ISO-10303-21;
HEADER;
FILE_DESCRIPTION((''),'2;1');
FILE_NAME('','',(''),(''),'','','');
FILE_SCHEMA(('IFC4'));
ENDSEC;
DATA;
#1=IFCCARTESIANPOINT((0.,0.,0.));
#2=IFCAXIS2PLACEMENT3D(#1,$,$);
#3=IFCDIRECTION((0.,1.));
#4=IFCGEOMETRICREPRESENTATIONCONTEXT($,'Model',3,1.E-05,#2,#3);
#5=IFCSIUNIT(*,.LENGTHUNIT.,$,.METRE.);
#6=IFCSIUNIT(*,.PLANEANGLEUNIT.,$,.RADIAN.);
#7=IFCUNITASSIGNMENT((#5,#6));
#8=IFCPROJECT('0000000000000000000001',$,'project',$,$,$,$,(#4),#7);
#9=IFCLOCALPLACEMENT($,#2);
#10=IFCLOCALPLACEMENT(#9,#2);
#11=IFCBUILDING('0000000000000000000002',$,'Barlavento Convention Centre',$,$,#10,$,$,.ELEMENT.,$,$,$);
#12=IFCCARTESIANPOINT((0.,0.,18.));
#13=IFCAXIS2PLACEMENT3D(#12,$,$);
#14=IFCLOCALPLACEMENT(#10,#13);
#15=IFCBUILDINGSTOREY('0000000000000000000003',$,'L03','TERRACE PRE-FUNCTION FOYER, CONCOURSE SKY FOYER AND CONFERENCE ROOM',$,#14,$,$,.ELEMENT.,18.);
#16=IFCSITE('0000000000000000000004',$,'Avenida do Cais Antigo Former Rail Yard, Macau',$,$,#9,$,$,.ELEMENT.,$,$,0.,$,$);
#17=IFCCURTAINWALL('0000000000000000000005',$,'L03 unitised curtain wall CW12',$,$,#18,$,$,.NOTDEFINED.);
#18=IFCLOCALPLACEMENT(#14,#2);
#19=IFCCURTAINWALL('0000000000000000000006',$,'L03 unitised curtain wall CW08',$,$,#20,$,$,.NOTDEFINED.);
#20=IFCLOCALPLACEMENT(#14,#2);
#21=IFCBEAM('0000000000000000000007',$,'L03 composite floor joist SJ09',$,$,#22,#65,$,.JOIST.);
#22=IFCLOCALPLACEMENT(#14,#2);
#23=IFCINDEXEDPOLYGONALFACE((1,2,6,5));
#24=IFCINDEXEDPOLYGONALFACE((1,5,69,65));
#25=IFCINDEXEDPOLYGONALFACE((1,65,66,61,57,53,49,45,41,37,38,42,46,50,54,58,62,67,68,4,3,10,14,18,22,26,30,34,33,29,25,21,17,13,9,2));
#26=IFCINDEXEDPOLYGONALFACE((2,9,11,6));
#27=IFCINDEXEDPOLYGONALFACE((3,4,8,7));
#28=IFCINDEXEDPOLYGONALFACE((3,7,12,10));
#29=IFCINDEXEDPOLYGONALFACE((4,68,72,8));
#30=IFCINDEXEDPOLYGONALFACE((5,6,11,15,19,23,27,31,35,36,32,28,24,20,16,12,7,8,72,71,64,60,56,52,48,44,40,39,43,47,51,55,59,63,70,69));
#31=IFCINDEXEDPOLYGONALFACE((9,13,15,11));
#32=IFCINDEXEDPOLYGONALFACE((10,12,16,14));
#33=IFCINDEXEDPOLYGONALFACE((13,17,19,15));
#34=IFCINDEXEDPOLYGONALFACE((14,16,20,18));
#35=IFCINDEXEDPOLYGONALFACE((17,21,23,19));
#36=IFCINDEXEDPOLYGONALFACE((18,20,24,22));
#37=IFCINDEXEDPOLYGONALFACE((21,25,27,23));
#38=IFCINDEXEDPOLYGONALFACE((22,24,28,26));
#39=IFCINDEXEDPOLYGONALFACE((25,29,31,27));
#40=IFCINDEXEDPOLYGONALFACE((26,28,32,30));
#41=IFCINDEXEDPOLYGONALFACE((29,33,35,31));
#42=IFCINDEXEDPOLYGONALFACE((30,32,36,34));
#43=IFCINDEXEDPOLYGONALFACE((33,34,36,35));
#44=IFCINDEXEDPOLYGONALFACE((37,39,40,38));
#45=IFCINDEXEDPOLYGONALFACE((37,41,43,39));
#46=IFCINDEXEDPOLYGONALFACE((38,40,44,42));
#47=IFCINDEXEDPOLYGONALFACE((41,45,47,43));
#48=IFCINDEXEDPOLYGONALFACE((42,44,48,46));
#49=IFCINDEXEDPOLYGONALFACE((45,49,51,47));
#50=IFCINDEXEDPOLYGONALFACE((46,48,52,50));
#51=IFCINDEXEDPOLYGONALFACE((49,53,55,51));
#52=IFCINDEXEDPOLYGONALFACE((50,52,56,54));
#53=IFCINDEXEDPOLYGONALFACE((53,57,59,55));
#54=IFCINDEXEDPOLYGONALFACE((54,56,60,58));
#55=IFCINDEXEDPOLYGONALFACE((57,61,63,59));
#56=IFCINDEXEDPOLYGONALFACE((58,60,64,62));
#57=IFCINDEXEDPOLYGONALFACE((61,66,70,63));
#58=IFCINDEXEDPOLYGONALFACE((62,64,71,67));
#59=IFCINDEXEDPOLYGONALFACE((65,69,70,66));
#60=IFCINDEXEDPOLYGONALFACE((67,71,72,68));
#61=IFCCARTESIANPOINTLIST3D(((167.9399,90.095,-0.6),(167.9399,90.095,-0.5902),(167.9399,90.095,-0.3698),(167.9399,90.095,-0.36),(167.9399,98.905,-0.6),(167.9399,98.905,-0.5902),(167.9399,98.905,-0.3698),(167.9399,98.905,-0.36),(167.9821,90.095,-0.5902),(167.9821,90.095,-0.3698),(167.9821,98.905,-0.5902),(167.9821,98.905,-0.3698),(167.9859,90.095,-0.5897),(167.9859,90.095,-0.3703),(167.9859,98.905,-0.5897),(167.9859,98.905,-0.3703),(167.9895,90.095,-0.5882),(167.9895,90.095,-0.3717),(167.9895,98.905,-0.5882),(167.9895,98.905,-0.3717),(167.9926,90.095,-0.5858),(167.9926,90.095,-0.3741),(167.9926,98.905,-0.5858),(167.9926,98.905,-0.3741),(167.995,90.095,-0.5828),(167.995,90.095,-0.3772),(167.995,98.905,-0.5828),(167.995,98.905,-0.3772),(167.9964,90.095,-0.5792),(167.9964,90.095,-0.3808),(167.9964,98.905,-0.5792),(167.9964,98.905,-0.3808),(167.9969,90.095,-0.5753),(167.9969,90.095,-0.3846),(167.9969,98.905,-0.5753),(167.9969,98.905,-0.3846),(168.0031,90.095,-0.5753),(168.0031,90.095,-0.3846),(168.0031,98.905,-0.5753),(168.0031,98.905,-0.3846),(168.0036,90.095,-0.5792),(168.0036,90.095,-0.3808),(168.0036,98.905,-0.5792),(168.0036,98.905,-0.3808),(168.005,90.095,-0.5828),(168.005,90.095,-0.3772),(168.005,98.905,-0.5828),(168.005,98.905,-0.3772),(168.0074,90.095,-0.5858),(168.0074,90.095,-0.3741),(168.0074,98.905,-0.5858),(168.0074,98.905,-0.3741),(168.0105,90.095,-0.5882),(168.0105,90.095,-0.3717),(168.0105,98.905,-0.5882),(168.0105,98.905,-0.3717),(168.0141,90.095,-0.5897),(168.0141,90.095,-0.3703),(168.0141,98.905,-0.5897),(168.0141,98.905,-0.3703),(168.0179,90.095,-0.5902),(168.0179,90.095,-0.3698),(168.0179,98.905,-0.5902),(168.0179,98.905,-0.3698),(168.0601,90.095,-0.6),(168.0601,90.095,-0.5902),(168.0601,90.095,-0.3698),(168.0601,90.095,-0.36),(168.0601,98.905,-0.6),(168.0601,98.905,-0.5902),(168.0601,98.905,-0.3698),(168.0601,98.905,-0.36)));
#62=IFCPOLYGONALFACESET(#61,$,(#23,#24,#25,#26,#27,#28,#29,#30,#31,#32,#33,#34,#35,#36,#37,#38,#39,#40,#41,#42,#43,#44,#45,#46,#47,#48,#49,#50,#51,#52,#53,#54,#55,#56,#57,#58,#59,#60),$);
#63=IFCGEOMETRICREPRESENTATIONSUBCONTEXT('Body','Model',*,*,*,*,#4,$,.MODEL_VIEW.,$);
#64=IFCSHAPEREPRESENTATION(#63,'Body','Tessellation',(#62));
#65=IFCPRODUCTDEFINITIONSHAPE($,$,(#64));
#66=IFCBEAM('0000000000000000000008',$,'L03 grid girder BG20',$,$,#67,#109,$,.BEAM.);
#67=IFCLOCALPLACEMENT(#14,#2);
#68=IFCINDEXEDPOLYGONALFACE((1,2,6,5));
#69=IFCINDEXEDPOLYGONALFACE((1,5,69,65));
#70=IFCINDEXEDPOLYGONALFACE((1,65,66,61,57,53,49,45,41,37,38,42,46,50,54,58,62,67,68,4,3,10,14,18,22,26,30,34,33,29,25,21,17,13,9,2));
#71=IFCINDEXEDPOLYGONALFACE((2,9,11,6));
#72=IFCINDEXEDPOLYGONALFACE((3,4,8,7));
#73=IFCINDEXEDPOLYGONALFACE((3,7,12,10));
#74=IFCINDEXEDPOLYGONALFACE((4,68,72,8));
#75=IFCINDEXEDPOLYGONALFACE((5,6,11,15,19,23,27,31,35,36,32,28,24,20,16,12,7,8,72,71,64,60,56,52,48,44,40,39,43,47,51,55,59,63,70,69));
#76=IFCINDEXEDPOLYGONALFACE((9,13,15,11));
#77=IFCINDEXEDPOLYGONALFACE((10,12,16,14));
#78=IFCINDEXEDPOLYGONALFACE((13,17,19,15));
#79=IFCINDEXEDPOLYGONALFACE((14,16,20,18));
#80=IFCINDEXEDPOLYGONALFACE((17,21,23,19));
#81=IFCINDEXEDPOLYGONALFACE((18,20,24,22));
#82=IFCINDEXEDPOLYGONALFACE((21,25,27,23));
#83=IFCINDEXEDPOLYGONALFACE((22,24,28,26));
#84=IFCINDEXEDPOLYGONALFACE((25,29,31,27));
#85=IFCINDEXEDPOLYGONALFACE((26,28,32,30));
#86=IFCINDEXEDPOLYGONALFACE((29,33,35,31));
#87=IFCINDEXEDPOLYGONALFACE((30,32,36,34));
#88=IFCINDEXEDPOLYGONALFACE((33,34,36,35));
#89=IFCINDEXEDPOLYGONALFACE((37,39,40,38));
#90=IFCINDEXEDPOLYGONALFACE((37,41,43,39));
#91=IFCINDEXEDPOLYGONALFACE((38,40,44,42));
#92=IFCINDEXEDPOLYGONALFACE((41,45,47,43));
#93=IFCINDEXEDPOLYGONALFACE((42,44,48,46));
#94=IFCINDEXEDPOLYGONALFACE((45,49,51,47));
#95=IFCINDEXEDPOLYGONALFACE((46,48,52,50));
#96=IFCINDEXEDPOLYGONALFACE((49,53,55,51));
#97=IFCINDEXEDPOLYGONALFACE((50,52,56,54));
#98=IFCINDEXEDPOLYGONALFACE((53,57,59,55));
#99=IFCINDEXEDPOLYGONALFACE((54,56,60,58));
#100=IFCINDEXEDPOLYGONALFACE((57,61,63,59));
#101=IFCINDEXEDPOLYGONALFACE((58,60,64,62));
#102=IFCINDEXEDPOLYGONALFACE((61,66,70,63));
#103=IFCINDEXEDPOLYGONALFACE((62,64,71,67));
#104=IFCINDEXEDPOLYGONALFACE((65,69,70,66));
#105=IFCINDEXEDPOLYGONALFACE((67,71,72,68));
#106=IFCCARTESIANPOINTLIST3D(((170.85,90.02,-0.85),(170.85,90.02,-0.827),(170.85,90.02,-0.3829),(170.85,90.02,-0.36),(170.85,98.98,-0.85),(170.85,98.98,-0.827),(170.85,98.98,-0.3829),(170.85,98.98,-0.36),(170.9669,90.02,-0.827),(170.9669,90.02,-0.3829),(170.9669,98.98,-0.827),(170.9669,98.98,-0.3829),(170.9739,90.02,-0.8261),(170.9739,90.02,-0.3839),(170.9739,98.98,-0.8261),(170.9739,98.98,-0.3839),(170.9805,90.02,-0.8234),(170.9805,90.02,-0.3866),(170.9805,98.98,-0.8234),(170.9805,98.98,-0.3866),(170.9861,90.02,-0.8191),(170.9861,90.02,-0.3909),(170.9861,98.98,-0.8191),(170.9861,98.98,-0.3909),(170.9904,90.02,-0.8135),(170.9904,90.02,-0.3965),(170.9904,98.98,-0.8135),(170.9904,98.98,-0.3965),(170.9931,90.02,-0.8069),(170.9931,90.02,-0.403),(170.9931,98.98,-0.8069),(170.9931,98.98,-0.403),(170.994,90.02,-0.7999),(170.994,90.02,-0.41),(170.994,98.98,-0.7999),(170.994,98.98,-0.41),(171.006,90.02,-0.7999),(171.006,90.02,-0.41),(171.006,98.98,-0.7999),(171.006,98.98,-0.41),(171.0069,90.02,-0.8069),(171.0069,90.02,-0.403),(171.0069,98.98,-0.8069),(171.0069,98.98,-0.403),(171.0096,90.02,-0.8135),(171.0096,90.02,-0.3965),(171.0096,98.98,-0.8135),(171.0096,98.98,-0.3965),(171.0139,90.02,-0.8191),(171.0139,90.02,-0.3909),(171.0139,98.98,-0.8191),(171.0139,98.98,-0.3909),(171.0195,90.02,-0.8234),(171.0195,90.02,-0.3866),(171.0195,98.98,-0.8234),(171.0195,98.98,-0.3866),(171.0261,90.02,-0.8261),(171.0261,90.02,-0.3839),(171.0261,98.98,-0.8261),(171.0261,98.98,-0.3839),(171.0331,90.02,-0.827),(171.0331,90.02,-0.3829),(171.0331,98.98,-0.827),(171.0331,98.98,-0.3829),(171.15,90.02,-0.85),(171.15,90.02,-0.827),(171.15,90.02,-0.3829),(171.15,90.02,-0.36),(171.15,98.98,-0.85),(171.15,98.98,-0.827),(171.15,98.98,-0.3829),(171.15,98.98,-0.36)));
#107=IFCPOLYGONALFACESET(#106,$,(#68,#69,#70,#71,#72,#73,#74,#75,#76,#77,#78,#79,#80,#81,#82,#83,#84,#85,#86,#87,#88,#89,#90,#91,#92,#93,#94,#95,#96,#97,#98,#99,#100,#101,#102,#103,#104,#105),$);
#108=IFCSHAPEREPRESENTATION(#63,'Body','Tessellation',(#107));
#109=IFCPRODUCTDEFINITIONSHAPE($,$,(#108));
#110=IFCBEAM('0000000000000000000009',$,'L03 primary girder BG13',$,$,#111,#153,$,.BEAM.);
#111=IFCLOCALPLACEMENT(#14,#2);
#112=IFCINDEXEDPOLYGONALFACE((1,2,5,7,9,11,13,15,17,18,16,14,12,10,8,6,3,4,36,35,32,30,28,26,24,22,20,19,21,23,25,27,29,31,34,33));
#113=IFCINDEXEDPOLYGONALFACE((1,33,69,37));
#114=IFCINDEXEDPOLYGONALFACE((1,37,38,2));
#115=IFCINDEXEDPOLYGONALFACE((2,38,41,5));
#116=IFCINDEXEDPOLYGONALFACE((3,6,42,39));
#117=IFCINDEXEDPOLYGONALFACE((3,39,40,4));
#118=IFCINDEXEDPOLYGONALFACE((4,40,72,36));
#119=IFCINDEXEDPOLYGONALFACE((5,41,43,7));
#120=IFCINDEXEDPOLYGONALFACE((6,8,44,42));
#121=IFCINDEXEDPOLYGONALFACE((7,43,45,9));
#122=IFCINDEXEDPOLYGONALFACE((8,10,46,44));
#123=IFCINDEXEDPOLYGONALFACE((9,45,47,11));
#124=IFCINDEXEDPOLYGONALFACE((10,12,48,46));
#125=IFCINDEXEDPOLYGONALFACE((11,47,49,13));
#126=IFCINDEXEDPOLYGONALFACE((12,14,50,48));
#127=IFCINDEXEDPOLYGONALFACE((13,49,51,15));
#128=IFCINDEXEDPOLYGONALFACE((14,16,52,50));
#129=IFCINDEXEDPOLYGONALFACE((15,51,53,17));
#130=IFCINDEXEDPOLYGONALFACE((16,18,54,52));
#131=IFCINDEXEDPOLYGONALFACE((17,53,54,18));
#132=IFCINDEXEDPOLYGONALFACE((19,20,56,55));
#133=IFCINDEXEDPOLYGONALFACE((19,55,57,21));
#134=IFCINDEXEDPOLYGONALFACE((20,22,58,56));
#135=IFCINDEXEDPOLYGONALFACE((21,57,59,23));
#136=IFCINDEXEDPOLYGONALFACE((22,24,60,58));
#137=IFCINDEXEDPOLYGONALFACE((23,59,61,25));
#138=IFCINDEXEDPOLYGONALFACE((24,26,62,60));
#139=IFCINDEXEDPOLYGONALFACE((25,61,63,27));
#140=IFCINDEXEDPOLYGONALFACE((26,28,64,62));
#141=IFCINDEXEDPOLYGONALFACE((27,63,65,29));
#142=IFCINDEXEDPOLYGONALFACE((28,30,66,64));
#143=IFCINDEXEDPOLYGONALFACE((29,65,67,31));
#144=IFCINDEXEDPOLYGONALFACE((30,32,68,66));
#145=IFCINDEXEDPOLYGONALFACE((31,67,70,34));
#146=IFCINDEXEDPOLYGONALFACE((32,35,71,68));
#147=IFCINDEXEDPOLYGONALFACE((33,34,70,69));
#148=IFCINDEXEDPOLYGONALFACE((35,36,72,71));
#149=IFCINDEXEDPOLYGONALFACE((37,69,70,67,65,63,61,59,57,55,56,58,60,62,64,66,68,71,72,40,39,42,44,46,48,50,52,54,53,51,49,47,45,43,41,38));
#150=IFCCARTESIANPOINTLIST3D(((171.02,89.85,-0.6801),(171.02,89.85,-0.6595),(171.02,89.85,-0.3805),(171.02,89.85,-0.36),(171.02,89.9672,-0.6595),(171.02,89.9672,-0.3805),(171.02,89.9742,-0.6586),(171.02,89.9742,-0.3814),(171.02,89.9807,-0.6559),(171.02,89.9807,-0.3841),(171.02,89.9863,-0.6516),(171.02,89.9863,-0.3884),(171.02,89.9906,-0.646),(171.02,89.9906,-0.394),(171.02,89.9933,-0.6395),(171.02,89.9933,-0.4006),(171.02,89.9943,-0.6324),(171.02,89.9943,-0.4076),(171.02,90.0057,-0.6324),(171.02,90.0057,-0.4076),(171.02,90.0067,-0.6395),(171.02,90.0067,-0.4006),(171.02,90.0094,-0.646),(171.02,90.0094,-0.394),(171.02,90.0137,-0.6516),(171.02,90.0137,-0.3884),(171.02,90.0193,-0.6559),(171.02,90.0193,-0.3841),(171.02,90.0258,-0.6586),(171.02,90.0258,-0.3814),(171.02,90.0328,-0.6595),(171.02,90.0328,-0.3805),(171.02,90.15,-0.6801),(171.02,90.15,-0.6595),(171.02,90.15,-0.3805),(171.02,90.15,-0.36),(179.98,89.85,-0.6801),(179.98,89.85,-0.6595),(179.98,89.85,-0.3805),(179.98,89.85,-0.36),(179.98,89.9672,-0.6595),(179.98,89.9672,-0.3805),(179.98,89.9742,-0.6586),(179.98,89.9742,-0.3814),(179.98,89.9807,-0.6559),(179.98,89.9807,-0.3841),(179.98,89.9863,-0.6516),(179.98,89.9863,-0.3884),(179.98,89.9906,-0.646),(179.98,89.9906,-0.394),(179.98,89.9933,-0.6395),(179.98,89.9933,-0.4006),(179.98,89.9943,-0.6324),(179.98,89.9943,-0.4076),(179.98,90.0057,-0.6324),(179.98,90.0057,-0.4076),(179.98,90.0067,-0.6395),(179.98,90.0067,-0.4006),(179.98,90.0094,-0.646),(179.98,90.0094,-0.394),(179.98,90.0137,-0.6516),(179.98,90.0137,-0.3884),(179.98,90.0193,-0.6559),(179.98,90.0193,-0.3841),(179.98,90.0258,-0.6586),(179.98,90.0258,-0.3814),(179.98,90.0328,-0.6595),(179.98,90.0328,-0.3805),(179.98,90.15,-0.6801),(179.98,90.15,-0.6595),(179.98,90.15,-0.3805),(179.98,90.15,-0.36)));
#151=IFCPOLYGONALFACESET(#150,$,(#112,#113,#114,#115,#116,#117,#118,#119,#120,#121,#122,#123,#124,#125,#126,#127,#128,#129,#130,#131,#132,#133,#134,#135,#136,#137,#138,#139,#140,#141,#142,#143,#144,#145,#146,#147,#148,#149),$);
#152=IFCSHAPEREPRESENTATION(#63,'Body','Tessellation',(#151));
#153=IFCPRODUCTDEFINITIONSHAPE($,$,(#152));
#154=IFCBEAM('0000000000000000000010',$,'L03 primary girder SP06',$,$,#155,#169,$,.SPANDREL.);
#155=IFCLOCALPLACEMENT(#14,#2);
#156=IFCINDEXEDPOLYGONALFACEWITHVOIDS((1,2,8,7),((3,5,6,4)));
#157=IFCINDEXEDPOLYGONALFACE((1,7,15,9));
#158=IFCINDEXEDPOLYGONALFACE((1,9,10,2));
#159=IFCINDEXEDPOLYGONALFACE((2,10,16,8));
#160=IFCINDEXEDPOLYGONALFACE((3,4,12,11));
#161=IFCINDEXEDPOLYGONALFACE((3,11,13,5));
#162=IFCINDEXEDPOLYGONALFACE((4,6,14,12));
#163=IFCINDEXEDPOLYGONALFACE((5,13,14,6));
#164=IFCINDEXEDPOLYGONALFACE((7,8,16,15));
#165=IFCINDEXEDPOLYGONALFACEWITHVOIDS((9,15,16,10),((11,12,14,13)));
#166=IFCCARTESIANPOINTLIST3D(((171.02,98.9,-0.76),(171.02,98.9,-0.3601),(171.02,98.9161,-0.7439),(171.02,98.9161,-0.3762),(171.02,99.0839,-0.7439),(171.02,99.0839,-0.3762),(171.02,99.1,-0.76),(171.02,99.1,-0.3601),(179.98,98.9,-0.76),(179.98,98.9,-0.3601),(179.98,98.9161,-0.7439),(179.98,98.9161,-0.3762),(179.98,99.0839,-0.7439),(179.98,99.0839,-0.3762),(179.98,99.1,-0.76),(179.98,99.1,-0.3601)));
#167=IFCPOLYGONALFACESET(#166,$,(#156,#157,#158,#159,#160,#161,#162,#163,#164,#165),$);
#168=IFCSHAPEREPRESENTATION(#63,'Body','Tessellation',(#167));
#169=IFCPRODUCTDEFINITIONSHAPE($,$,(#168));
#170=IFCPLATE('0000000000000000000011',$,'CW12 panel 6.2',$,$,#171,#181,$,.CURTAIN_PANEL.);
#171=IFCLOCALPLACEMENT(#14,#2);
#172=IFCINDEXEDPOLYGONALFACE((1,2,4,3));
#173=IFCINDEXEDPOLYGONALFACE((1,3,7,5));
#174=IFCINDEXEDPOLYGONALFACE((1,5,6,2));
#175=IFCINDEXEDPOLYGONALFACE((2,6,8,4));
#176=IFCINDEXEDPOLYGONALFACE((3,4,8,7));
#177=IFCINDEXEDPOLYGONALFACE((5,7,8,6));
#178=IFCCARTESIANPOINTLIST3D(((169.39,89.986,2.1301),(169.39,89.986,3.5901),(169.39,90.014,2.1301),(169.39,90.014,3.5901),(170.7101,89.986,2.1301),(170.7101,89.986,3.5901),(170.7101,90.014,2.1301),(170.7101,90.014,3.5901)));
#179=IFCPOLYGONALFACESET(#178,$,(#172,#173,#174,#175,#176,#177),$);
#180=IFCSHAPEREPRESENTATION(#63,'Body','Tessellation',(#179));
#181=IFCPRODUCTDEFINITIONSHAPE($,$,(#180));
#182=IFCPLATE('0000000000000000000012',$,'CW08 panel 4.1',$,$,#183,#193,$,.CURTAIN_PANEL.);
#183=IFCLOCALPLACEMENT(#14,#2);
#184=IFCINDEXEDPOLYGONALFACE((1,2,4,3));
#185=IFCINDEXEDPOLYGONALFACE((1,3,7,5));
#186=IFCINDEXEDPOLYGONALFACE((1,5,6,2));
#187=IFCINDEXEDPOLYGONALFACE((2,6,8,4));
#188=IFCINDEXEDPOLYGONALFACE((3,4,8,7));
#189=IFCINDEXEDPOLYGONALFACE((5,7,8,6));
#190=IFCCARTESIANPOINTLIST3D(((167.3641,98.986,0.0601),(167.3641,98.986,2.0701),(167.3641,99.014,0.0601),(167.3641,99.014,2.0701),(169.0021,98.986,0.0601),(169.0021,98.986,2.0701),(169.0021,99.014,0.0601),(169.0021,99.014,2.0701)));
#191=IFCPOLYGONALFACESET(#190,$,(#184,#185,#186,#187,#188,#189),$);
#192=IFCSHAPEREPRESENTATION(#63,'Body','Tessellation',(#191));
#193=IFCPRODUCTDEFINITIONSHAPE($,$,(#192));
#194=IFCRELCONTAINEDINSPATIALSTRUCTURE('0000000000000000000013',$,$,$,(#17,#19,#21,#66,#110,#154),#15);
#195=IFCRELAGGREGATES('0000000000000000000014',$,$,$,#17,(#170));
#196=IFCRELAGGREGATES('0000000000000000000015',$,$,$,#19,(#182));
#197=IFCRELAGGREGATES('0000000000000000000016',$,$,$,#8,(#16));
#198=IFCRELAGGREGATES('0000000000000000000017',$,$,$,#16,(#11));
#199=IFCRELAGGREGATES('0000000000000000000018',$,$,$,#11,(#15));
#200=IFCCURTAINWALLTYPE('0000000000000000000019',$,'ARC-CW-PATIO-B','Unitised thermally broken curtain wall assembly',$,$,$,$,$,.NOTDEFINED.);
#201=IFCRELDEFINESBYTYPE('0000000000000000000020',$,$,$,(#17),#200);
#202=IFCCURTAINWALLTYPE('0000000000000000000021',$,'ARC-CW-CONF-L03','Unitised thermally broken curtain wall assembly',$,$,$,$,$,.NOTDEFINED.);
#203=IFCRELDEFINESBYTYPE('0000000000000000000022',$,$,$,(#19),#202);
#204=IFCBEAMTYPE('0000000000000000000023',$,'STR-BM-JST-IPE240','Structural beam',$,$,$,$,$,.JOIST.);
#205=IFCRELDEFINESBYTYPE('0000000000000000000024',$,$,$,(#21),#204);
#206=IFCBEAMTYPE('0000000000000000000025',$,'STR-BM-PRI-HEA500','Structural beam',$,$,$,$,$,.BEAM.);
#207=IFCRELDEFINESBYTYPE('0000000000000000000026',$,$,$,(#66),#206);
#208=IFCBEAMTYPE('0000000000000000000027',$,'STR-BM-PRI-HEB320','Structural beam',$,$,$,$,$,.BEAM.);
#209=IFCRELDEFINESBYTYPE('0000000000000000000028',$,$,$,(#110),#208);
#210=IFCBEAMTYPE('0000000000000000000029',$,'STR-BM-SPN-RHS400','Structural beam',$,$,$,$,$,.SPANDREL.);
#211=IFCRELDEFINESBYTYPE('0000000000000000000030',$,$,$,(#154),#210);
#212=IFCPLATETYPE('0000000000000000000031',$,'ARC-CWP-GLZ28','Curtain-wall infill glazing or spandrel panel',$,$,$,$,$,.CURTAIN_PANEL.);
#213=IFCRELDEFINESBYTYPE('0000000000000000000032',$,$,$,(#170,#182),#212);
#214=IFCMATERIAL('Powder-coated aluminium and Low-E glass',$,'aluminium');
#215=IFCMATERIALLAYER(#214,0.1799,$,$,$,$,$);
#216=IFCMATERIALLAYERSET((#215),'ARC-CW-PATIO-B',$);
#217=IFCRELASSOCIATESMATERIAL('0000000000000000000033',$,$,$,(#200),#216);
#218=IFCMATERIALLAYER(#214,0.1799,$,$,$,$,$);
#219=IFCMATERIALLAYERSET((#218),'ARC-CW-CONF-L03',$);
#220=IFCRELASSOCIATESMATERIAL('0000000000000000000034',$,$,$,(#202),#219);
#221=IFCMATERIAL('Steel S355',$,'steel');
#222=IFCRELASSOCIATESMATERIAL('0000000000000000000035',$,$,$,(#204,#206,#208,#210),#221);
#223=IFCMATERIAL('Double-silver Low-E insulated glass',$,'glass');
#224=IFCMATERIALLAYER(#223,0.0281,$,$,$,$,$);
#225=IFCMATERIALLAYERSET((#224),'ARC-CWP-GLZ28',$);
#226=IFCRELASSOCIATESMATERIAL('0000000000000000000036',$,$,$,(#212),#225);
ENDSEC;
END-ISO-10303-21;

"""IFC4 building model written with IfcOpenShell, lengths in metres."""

from ifc_helpers import new_model, si_unit, direction, frame, origin, origin_2d, place, context, subcontext, project, spatial, rectangle, hollow_rectangle, i_section, extrude, material, layer, layer_set, material_profile, profile_set, type_object, element, aggregate, save


model = new_model("IFC4")

# Units and contexts
model_context = context("Model", 3, precision=1e-05, world=origin(), true_north=direction((0.0, 1.0)))
body_context = subcontext(model_context, "Body", "Model", "MODEL_VIEW")
ifc_project = project(units=[si_unit("LENGTHUNIT", "METRE"), si_unit("PLANEANGLEUNIT", "RADIAN")], contexts=[model_context])

# Site, building, storey
site_placement = place(None, origin())
site = spatial("IfcSite", under=ifc_project, at=site_placement, Name="Avenida do Cais Antigo Former Rail Yard, Macau", CompositionType="ELEMENT", RefElevation=0.0)
building_placement = place(site_placement, origin())
building = spatial("IfcBuilding", under=site, at=building_placement, Name="Barlavento Convention Centre", CompositionType="ELEMENT")
storey_placement = place(building_placement, frame((0.0, 0.0, 18.0)))
storey = spatial("IfcBuildingStorey", under=building, at=storey_placement, Name="L03", Description="TERRACE PRE-FUNCTION FOYER, CONCOURSE SKY FOYER AND CONFERENCE ROOM", CompositionType="ELEMENT", Elevation=18.0)

# Shared definitions
ifc_material_1 = material(Name="Steel S355", Category="steel")

# Curtain wall
ifc_material_2 = material(Name="Powder-coated aluminium and Low-E glass", Category="aluminium")
ifc_layer_1 = layer(ifc_material_2, 0.1799)
ifc_layer_set_1 = layer_set([ifc_layer_1], Name="ARC-CW-PATIO-B")
curtain_wall_type_1 = type_object("IfcCurtainWallType", Name="ARC-CW-PATIO-B", Description="Unitised thermally broken curtain wall assembly", PredefinedType="NOTDEFINED", material=ifc_layer_set_1)
curtain_wall_1_placement = place(storey_placement, origin())
curtain_wall_1 = element("IfcCurtainWall", 1, at=curtain_wall_1_placement, inside=storey, type_object=curtain_wall_type_1, Name="L03 unitised curtain wall CW12", PredefinedType="NOTDEFINED")

# Curtain wall
ifc_layer_2 = layer(ifc_material_2, 0.1799)
ifc_layer_set_2 = layer_set([ifc_layer_2], Name="ARC-CW-CONF-L03")
curtain_wall_type_2 = type_object("IfcCurtainWallType", Name="ARC-CW-CONF-L03", Description="Unitised thermally broken curtain wall assembly", PredefinedType="NOTDEFINED", material=ifc_layer_set_2)
curtain_wall_2_placement = place(storey_placement, origin())
curtain_wall_2 = element("IfcCurtainWall", 2, at=curtain_wall_2_placement, inside=storey, type_object=curtain_wall_type_2, Name="L03 unitised curtain wall CW08", PredefinedType="NOTDEFINED")

# Beams
ifc_material_profile_1 = material_profile(ifc_material_1, i_section(OverallWidth=0.1201, OverallDepth=0.24, WebThickness=0.0061, FlangeThickness=0.0098, FilletRadius=0.0149, at=origin_2d()), Name="IPE 240")
ifc_profile_set_1 = profile_set([ifc_material_profile_1], Name="Steel S355")
beam_type_1 = type_object("IfcBeamType", Name="STR-BM-JST-IPE240", Description="Structural beam", PredefinedType="JOIST", material=ifc_profile_set_1)
beam_1_placement = place(storey_placement, frame((168.0, 90.095, -0.48), z_axis=(0.0, 1.0, 0.0), x_axis=(-1.0, 0.0, 0.0)))
element("IfcBeam", 3, at=beam_1_placement, inside=storey, type_object=beam_type_1, Name="L03 composite floor joist SJ09", PredefinedType="JOIST", context=body_context, shape_type="SweptSolid", body=[
    extrude(i_section(OverallWidth=0.1201, OverallDepth=0.24, WebThickness=0.0061, FlangeThickness=0.0098, FilletRadius=0.0149, at=origin_2d()), origin(), (0.0, 0.0, 1.0), 8.8101),
])
ifc_material_profile_2 = material_profile(ifc_material_1, i_section(OverallWidth=0.3, OverallDepth=0.49, WebThickness=0.012, FlangeThickness=0.0229, FilletRadius=0.0271, at=origin_2d()), Name="HEA 500")
ifc_profile_set_2 = profile_set([ifc_material_profile_2], Name="Steel S355")
beam_type_2 = type_object("IfcBeamType", Name="STR-BM-PRI-HEA500", Description="Structural beam", PredefinedType="BEAM", material=ifc_profile_set_2)
beam_2_placement = place(storey_placement, frame((171.0, 90.02, -0.605), z_axis=(0.0, 1.0, 0.0), x_axis=(-1.0, 0.0, 0.0)))
element("IfcBeam", 4, at=beam_2_placement, inside=storey, type_object=beam_type_2, Name="L03 grid girder BG20", PredefinedType="BEAM", context=body_context, shape_type="SweptSolid", body=[
    extrude(i_section(OverallWidth=0.3, OverallDepth=0.49, WebThickness=0.012, FlangeThickness=0.0229, FilletRadius=0.0271, at=origin_2d()), origin(), (0.0, 0.0, 1.0), 8.96),
])
ifc_material_profile_3 = material_profile(ifc_material_1, i_section(OverallWidth=0.3, OverallDepth=0.3201, WebThickness=0.0115, FlangeThickness=0.0205, FilletRadius=0.0271, at=origin_2d()), Name="HEB 320")
ifc_profile_set_3 = profile_set([ifc_material_profile_3], Name="Steel S355")
beam_type_3 = type_object("IfcBeamType", Name="STR-BM-PRI-HEB320", Description="Structural beam", PredefinedType="BEAM", material=ifc_profile_set_3)
beam_3_placement = place(storey_placement, frame((171.02, 90.0, -0.52), z_axis=(1.0, 0.0, 0.0), x_axis=(0.0, 1.0, 0.0)))
element("IfcBeam", 5, at=beam_3_placement, inside=storey, type_object=beam_type_3, Name="L03 primary girder BG13", PredefinedType="BEAM", context=body_context, shape_type="SweptSolid", body=[
    extrude(i_section(OverallWidth=0.3, OverallDepth=0.3201, WebThickness=0.0115, FlangeThickness=0.0205, FilletRadius=0.0271, at=origin_2d()), origin(), (0.0, 0.0, 1.0), 8.96),
])
ifc_material_profile_4 = material_profile(ifc_material_1, hollow_rectangle(XDim=0.2, YDim=0.3999, WallThickness=0.0161, at=origin_2d()), Name="RHS 400x200x16.0")
ifc_profile_set_4 = profile_set([ifc_material_profile_4], Name="Steel S355")
beam_type_4 = type_object("IfcBeamType", Name="STR-BM-SPN-RHS400", Description="Structural beam", PredefinedType="SPANDREL", material=ifc_profile_set_4)
beam_4_placement = place(storey_placement, frame((171.02, 99.0, -0.5601), z_axis=(1.0, 0.0, 0.0), x_axis=(0.0, 1.0, 0.0)))
element("IfcBeam", 6, at=beam_4_placement, inside=storey, type_object=beam_type_4, Name="L03 primary girder SP06", PredefinedType="SPANDREL", context=body_context, shape_type="SweptSolid", body=[
    extrude(hollow_rectangle(XDim=0.2, YDim=0.3999, WallThickness=0.0161, at=origin_2d()), origin(), (0.0, 0.0, 1.0), 8.96),
])

# Plates
ifc_material_3 = material(Name="Double-silver Low-E insulated glass", Category="glass")
ifc_layer_3 = layer(ifc_material_3, 0.0281)
ifc_layer_set_3 = layer_set([ifc_layer_3], Name="ARC-CWP-GLZ28")
plate_type = type_object("IfcPlateType", Name="ARC-CWP-GLZ28", Description="Curtain-wall infill glazing or spandrel panel", PredefinedType="CURTAIN_PANEL", material=ifc_layer_set_3)
plate_1_placement = place(storey_placement, frame((170.05, 90.0, 2.1301), z_axis=(0.0, 0.0, 1.0), x_axis=(1.0, 0.0, 0.0)))
plate_1 = element("IfcPlate", 7, at=plate_1_placement, type_object=plate_type, Name="CW12 panel 6.2", PredefinedType="CURTAIN_PANEL", context=body_context, shape_type="SweptSolid", body=[
    extrude(rectangle(XDim=1.3201, YDim=0.0281, at=origin_2d()), origin(), (0.0, 0.0, 1.0), 1.46),
])
aggregate(curtain_wall_1, [plate_1])
plate_2_placement = place(storey_placement, frame((168.1831, 99.0, 0.0601), z_axis=(0.0, 0.0, 1.0), x_axis=(1.0, 0.0, 0.0)))
plate_2 = element("IfcPlate", 8, at=plate_2_placement, type_object=plate_type, Name="CW08 panel 4.1", PredefinedType="CURTAIN_PANEL", context=body_context, shape_type="SweptSolid", body=[
    extrude(rectangle(XDim=1.6379, YDim=0.0281, at=origin_2d()), origin(), (0.0, 0.0, 1.0), 2.01),
])
aggregate(curtain_wall_2, [plate_2])

save(model, "model.ifc")
